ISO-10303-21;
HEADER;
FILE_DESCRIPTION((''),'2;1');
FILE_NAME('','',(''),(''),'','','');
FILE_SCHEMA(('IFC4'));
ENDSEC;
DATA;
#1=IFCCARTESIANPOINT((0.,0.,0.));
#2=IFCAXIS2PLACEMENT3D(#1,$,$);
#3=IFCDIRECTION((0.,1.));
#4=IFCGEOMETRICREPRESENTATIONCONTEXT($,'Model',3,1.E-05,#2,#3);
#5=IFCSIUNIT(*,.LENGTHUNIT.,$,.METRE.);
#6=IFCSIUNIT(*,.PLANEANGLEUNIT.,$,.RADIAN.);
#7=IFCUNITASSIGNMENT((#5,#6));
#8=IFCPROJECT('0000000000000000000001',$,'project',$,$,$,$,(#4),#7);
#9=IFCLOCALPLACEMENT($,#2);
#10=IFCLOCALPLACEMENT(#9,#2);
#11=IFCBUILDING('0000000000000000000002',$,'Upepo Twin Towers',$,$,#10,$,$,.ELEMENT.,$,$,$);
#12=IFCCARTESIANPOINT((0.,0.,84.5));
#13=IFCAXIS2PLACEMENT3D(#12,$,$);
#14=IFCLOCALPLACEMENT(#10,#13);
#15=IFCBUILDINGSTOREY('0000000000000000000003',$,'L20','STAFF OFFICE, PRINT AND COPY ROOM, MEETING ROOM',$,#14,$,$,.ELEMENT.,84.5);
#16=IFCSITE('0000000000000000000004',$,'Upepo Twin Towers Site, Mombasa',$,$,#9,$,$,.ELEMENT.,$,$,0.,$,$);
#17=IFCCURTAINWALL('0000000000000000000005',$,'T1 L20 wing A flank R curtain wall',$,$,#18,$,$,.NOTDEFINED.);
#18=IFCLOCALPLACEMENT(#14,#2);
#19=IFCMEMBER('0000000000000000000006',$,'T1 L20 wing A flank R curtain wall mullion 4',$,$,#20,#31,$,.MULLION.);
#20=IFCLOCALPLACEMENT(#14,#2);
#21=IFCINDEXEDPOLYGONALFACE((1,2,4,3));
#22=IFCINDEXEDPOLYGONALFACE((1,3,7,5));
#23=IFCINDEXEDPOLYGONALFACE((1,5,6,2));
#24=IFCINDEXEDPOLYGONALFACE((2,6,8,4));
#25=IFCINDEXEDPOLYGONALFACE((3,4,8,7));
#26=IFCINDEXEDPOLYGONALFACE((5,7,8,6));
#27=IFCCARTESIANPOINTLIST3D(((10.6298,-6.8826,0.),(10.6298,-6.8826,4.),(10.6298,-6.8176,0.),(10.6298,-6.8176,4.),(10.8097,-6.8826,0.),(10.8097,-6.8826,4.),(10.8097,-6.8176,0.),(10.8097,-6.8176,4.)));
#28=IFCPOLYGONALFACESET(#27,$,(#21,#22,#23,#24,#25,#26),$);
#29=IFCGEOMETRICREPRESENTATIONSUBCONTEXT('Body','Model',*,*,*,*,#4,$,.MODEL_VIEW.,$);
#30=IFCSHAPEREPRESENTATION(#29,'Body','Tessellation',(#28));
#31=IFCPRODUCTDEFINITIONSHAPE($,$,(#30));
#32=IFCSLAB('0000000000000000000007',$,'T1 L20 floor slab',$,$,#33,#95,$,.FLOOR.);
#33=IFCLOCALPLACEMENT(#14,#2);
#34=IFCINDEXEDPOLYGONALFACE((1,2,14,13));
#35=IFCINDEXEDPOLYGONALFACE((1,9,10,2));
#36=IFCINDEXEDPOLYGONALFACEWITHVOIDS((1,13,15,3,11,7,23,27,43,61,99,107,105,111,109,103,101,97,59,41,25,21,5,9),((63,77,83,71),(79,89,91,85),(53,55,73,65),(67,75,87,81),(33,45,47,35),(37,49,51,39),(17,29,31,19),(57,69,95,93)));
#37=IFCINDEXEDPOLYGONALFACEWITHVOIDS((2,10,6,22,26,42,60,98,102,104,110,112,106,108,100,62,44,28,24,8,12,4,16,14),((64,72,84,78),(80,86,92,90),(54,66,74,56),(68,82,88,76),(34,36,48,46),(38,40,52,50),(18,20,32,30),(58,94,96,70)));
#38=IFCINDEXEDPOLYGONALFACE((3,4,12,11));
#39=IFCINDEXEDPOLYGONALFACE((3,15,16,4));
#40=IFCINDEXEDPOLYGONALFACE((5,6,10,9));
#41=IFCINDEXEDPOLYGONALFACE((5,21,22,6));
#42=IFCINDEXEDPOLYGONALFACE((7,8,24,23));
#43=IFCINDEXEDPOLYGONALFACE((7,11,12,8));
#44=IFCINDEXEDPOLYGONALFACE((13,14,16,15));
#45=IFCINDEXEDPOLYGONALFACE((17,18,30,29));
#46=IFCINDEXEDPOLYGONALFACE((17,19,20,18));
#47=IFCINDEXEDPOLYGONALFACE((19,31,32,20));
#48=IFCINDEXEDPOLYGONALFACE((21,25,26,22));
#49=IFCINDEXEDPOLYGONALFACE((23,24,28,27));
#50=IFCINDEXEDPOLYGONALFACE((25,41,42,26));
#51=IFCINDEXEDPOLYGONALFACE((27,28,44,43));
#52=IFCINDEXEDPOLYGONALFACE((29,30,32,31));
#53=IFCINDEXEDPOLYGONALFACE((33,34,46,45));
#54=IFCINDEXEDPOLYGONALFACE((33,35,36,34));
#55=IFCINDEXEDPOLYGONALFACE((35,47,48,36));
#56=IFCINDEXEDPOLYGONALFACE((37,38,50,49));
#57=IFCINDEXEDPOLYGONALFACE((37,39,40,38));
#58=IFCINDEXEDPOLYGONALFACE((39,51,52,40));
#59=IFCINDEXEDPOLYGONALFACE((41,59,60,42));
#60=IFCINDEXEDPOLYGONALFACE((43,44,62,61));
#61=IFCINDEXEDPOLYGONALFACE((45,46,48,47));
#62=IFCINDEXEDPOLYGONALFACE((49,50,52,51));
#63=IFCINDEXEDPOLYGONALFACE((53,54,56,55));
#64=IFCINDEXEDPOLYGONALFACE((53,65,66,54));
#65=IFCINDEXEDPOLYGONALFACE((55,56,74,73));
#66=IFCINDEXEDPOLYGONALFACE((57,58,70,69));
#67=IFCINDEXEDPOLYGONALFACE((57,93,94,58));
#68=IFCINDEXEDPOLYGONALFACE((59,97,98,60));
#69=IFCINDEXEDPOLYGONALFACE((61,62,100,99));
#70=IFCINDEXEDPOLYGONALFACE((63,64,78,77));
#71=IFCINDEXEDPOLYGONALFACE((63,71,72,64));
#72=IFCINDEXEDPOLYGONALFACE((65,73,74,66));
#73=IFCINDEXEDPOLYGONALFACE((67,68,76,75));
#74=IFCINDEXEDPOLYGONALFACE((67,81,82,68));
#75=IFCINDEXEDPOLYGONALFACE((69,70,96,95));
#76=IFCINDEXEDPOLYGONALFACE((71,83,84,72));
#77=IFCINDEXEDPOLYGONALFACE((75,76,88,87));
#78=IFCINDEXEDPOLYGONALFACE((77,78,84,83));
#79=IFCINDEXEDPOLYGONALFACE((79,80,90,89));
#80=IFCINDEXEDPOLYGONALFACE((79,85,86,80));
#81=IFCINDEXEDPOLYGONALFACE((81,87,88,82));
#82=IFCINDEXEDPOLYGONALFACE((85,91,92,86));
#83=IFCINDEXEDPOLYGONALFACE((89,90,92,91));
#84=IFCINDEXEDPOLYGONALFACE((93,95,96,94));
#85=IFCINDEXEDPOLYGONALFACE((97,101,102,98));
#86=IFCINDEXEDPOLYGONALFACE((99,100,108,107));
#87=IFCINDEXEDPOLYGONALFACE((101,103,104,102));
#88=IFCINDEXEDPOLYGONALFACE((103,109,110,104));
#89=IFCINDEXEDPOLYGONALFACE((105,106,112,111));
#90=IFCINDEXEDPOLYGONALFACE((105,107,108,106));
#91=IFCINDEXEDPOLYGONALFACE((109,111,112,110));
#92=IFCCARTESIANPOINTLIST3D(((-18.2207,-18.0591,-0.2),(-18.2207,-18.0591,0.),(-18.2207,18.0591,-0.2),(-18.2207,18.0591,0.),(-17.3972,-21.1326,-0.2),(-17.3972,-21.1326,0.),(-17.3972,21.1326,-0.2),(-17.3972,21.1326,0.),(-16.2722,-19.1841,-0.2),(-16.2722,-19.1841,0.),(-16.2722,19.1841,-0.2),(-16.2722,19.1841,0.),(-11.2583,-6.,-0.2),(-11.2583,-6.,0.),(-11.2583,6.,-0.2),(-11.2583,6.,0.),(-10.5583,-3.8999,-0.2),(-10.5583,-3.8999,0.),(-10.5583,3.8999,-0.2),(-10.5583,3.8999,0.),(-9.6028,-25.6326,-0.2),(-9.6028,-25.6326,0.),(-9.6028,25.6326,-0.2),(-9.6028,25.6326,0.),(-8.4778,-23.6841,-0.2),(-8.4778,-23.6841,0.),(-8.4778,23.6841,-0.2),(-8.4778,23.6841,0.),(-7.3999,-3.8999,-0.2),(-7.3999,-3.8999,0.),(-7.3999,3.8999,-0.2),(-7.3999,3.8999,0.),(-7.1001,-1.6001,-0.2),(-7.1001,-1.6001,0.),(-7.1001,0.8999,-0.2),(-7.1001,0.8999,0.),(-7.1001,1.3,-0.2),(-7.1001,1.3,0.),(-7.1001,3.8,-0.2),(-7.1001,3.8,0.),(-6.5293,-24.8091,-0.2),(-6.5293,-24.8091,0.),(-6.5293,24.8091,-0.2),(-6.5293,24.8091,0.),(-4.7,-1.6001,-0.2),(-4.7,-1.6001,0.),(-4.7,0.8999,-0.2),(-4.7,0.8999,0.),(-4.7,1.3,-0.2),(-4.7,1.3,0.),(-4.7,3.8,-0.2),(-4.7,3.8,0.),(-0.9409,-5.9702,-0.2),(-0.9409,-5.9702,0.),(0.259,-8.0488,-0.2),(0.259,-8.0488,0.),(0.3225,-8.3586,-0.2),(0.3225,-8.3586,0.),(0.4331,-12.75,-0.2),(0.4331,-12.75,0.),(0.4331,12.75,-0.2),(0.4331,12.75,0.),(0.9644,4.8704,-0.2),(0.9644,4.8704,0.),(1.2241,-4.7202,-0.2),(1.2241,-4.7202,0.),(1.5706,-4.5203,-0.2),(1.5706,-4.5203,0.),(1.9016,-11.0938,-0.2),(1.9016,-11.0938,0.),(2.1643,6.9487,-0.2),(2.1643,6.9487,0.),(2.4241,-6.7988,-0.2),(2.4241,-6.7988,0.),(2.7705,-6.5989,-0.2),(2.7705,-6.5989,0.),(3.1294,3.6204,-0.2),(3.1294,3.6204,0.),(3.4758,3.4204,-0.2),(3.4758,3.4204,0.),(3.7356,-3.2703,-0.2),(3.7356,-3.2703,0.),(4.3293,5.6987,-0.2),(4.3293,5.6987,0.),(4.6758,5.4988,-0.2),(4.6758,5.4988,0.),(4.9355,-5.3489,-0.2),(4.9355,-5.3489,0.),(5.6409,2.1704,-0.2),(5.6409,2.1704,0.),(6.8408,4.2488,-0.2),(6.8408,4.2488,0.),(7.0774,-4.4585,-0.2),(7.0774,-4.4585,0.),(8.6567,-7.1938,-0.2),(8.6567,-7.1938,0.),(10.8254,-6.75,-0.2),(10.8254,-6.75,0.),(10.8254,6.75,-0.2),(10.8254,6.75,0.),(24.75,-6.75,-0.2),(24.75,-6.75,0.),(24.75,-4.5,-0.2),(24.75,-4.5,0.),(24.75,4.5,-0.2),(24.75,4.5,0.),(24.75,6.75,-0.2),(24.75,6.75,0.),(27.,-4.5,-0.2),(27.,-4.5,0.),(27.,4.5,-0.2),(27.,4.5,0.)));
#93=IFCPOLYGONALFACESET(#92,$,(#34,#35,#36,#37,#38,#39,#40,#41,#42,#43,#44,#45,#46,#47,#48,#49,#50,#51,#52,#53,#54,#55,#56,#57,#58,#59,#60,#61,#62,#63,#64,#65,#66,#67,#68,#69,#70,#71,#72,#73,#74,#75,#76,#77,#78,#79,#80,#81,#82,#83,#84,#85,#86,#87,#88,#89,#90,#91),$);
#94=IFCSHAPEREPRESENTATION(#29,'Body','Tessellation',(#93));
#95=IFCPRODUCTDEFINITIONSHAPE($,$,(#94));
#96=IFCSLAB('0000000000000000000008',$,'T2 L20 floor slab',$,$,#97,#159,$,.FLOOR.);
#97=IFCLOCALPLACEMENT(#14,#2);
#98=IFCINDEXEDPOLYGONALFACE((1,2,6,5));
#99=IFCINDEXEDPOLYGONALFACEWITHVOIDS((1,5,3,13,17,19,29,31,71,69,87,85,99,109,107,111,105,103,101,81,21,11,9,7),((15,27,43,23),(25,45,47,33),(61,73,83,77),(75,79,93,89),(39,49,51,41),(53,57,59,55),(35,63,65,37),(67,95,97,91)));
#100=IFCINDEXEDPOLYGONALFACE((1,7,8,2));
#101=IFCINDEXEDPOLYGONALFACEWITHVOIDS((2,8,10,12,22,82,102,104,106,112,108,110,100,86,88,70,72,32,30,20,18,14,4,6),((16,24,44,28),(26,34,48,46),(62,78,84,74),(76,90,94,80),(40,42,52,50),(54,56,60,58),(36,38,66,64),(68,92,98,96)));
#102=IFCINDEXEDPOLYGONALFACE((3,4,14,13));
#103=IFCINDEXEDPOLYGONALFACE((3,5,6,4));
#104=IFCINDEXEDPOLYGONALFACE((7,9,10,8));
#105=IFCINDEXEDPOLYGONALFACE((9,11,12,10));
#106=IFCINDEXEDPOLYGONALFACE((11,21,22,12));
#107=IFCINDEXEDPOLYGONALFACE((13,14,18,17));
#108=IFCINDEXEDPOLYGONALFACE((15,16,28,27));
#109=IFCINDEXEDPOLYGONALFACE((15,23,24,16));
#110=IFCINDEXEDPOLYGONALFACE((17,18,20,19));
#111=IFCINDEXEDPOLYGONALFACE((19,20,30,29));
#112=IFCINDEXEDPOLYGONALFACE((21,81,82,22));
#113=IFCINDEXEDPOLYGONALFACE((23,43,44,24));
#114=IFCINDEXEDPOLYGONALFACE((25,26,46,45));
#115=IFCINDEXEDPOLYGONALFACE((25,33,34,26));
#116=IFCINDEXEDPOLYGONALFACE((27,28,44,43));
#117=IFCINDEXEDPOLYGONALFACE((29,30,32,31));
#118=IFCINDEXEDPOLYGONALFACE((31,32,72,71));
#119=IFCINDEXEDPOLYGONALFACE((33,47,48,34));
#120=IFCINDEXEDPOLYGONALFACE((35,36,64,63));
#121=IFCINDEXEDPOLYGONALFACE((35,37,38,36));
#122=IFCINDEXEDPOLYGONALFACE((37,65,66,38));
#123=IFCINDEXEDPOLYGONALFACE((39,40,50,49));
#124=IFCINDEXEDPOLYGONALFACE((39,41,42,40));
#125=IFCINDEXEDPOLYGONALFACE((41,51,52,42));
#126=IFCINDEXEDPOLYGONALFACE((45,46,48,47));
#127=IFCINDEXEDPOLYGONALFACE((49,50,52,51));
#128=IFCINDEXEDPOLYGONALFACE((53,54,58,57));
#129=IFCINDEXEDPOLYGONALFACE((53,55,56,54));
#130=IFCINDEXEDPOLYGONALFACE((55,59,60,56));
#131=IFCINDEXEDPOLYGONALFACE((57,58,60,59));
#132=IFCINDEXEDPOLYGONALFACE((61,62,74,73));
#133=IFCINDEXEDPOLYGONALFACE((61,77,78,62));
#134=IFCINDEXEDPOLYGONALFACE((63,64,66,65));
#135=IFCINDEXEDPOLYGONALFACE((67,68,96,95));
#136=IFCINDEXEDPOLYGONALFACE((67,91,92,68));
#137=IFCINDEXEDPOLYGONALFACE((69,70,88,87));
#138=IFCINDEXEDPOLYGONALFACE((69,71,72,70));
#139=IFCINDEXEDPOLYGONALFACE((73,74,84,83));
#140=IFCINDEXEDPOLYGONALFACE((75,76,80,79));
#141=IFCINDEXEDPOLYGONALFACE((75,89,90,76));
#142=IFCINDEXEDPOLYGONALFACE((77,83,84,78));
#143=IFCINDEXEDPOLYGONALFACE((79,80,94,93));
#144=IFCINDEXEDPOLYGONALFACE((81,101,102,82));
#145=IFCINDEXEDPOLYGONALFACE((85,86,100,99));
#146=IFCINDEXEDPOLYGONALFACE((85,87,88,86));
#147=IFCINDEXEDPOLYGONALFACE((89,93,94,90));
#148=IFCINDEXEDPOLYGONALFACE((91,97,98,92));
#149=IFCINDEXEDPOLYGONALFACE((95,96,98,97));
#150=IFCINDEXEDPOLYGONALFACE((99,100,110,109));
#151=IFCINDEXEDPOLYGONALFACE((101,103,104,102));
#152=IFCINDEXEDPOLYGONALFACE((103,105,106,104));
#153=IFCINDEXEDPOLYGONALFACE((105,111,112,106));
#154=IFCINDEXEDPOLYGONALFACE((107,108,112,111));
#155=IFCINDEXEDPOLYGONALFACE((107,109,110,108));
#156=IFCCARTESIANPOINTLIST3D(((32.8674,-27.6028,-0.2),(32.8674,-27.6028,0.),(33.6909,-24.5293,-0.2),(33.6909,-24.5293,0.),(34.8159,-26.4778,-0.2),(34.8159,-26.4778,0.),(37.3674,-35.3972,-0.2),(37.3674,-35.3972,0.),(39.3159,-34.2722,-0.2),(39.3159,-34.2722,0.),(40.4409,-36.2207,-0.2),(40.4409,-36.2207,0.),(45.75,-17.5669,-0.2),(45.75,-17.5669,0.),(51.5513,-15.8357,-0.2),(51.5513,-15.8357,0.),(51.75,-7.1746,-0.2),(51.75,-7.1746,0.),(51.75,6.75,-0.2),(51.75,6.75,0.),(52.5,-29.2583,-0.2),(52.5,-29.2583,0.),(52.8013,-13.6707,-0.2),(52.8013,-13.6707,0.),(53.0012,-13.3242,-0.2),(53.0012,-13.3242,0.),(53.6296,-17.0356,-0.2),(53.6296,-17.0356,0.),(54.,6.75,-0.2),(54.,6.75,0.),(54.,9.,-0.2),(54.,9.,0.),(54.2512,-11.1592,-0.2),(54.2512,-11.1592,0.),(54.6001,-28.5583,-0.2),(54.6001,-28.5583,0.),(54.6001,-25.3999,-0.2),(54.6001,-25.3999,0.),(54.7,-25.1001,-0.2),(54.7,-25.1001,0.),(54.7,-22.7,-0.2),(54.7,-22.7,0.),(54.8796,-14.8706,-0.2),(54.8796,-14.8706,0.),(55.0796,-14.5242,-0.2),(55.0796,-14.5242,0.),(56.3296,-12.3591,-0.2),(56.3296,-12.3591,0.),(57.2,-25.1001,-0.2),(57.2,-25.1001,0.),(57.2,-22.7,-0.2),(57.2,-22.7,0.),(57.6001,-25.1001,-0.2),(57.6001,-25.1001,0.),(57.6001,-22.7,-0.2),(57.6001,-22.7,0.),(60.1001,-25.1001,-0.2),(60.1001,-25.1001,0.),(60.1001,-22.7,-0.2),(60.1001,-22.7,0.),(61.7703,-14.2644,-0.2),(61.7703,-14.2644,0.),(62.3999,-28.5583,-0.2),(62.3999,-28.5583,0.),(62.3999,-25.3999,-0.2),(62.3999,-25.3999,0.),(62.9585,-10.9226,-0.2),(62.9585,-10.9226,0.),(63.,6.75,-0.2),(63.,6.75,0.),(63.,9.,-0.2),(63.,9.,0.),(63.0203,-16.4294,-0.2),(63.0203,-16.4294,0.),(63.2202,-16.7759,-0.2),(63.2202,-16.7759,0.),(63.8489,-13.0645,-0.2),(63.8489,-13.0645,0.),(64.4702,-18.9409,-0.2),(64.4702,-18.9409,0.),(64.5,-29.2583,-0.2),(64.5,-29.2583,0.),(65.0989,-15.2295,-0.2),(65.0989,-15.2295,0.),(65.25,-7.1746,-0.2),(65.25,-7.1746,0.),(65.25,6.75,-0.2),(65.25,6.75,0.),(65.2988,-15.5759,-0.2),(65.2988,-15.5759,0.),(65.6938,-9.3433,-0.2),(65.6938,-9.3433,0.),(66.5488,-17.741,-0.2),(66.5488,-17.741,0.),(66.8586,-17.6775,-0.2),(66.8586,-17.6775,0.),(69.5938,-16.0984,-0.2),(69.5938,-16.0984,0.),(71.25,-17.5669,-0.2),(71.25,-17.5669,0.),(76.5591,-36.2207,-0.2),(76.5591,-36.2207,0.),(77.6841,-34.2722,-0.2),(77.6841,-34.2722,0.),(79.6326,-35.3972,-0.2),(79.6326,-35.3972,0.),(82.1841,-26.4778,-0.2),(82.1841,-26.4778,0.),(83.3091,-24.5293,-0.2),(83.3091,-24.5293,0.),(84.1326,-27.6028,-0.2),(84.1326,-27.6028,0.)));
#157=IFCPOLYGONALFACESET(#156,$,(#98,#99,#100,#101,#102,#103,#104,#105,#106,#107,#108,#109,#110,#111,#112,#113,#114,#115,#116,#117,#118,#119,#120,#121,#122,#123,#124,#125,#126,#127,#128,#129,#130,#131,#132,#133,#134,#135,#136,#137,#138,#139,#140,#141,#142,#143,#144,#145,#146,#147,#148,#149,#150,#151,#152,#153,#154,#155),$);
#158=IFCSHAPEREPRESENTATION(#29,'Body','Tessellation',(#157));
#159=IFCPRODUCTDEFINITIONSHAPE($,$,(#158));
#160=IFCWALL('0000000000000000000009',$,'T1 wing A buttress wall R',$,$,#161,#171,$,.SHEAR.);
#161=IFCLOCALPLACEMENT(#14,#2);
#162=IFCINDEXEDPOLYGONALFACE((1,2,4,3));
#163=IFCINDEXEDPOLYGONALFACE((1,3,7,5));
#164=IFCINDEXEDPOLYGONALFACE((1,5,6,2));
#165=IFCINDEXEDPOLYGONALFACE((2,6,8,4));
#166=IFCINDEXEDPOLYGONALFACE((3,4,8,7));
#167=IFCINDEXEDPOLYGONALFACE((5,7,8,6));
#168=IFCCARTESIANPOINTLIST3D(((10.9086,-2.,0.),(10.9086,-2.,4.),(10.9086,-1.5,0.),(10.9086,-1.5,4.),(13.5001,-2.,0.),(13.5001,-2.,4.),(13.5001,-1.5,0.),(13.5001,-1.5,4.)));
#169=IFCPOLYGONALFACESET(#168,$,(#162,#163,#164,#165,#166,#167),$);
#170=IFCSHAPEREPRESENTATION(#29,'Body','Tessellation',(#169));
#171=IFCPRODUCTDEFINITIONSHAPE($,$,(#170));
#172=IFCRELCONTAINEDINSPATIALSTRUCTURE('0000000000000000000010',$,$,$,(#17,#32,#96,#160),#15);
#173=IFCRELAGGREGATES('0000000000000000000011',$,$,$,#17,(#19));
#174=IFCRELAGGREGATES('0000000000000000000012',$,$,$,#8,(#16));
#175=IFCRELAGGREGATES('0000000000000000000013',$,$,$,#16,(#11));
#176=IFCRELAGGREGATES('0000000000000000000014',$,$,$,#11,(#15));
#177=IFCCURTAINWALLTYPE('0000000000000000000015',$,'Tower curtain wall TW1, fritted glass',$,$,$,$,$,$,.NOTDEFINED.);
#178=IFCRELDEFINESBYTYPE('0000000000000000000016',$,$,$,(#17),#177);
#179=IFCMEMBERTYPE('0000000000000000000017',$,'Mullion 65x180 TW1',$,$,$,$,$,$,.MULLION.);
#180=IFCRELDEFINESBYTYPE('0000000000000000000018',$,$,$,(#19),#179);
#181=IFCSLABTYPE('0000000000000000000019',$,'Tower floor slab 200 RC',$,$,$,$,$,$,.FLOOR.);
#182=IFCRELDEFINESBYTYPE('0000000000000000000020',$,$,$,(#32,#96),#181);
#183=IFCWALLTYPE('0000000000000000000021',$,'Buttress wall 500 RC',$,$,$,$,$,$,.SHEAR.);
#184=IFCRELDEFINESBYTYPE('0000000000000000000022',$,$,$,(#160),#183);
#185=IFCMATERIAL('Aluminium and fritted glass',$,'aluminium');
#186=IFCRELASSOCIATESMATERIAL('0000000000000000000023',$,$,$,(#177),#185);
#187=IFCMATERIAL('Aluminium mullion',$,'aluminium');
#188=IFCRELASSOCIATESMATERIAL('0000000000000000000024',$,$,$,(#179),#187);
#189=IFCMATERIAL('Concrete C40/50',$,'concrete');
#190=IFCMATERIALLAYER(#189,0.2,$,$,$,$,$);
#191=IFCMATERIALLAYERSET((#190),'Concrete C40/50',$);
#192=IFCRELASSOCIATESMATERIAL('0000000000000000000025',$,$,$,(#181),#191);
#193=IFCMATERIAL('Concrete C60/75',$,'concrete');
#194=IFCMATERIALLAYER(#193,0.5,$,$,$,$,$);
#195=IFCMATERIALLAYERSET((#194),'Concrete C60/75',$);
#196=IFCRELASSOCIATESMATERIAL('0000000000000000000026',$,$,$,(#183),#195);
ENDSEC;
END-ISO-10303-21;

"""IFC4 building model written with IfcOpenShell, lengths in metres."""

from ifc_helpers import new_model, si_unit, direction, frame, frame_2d, origin, origin_2d, place, context, subcontext, project, spatial, polyline, rectangle, outline, extrude, material, layer, layer_set, material_profile, profile_set, type_object, element, aggregate, save


model = new_model("IFC4")

# Units and contexts
model_context = context("Model", 3, precision=1e-05, world=origin(), true_north=direction((0.0, 1.0)))
body_context = subcontext(model_context, "Body", "Model", "MODEL_VIEW")
ifc_project = project(units=[si_unit("LENGTHUNIT", "METRE"), si_unit("PLANEANGLEUNIT", "RADIAN")], contexts=[model_context])

# Site, building, storey
site_placement = place(None, origin())
site = spatial("IfcSite", under=ifc_project, at=site_placement, Name="Upepo Twin Towers Site, Mombasa", CompositionType="ELEMENT", RefElevation=0.0)
building_placement = place(site_placement, origin())
building = spatial("IfcBuilding", under=site, at=building_placement, Name="Upepo Twin Towers", CompositionType="ELEMENT")
storey_placement = place(building_placement, frame((0.0, 0.0, 84.5)))
storey = spatial("IfcBuildingStorey", under=building, at=storey_placement, Name="L20", Description="STAFF OFFICE, PRINT AND COPY ROOM, MEETING ROOM", CompositionType="ELEMENT", Elevation=84.5)

# Curtain wall, member
ifc_material_1 = material(Name="Aluminium and fritted glass", Category="aluminium")
curtain_wall_type = type_object("IfcCurtainWallType", Name="Tower curtain wall TW1, fritted glass", PredefinedType="NOTDEFINED", material=ifc_material_1)
curtain_wall_placement = place(storey_placement, origin())
curtain_wall = element("IfcCurtainWall", 1, at=curtain_wall_placement, inside=storey, type_object=curtain_wall_type, Name="T1 L20 wing A flank R curtain wall", PredefinedType="NOTDEFINED")
ifc_material_2 = material(Name="Aluminium mullion", Category="aluminium")
ifc_material_profile = material_profile(ifc_material_2, rectangle(XDim=0.0649, YDim=0.1799, at=origin_2d()), Name="MULLION 65x180")
ifc_profile_set = profile_set([ifc_material_profile], Name="Aluminium mullion")
member_type = type_object("IfcMemberType", Name="Mullion 65x180 TW1", PredefinedType="MULLION", material=ifc_profile_set)
member_placement = place(storey_placement, frame((10.7197, -6.8501, 0.0), z_axis=(0.0, 0.0, 1.0), x_axis=(0.0, -1.0, 0.0)))
member = element("IfcMember", 2, at=member_placement, type_object=member_type, Name="T1 L20 wing A flank R curtain wall mullion 4", PredefinedType="MULLION", context=body_context, shape_type="SweptSolid", body=[
    extrude(rectangle(XDim=0.0649, YDim=0.1799, at=origin_2d()), origin(), (0.0, 0.0, 1.0), 4.0),
])
aggregate(curtain_wall, [member])

# Slabs
ifc_material_3 = material(Name="Concrete C40/50", Category="concrete")
ifc_layer_1 = layer(ifc_material_3, 0.2)
ifc_layer_set_1 = layer_set([ifc_layer_1], Name="Concrete C40/50")
slab_type = type_object("IfcSlabType", Name="Tower floor slab 200 RC", PredefinedType="FLOOR", material=ifc_layer_set_1)
slab_1_placement = place(storey_placement, frame((0.0, 0.0, -0.2)))
element("IfcSlab", 3, at=slab_1_placement, inside=storey, type_object=slab_type, Name="T1 L20 floor slab", PredefinedType="FLOOR", context=body_context, shape_type="SweptSolid", body=[
    extrude(outline(polyline([(-8.4778, -23.6841), (-9.6028, -25.6326), (-17.3972, -21.1326), (-16.2722, -19.1841), (-18.2207, -18.0591), (-11.2583, -6.0), (-11.2583, 6.0), (-18.2207, 18.0591), (-16.2722, 19.1841), (-17.3972, 21.1326), (-9.6028, 25.6326), (-8.4778, 23.6841), (-6.5293, 24.8091), (0.4331, 12.75), (10.8254, 6.75), (24.75, 6.75), (24.75, 4.5), (27.0, 4.5), (27.0, -4.5), (24.75, -4.5), (24.75, -6.75), (10.8254, -6.75), (0.4331, -12.75), (-6.5293, -24.8091), (-8.4778, -23.6841)]), holes=[polyline([(5.6409, 2.1704), (6.8408, 4.2488), (4.6758, 5.4988), (3.4758, 3.4204), (5.6409, 2.1704)]), polyline([(3.1294, 3.6204), (4.3293, 5.6987), (2.1643, 6.9487), (0.9644, 4.8704), (3.1294, 3.6204)]), polyline([(-4.7, 3.8), (-7.1001, 3.8), (-7.1001, 1.3), (-4.7, 1.3), (-4.7, 3.8)]), polyline([(-4.7, 0.8999), (-7.1001, 0.8999), (-7.1001, -1.6001), (-4.7, -1.6001), (-4.7, 0.8999)]), polyline([(-7.3999, 3.8999), (-10.5583, 3.8999), (-10.5583, -3.8999), (-7.3999, -3.8999), (-7.3999, 3.8999)]), polyline([(-0.9409, -5.9702), (0.259, -8.0488), (2.4241, -6.7988), (1.2241, -4.7202), (-0.9409, -5.9702)]), polyline([(1.5706, -4.5203), (2.7705, -6.5989), (4.9355, -5.3489), (3.7356, -3.2703), (1.5706, -4.5203)]), polyline([(0.3225, -8.3586), (1.9016, -11.0938), (8.6567, -7.1938), (7.0774, -4.4585), (0.3225, -8.3586)])]), origin(), (0.0, 0.0, 1.0), 0.2),
])
slab_2_placement = place(storey_placement, frame((0.0, 0.0, -0.2)))
element("IfcSlab", 4, at=slab_2_placement, inside=storey, type_object=slab_type, Name="T2 L20 floor slab", PredefinedType="FLOOR", context=body_context, shape_type="SweptSolid", body=[
    extrude(outline(polyline([(82.1841, -26.4778), (84.1326, -27.6028), (79.6326, -35.3972), (77.6841, -34.2722), (76.5591, -36.2207), (64.5, -29.2583), (52.5, -29.2583), (40.4409, -36.2207), (39.3159, -34.2722), (37.3674, -35.3972), (32.8674, -27.6028), (34.8159, -26.4778), (33.6909, -24.5293), (45.75, -17.5669), (51.75, -7.1746), (51.75, 6.75), (54.0, 6.75), (54.0, 9.0), (63.0, 9.0), (63.0, 6.75), (65.25, 6.75), (65.25, -7.1746), (71.25, -17.5669), (83.3091, -24.5293), (82.1841, -26.4778)]), holes=[polyline([(56.3296, -12.3591), (54.2512, -11.1592), (53.0012, -13.3242), (55.0796, -14.5242), (56.3296, -12.3591)]), polyline([(54.8796, -14.8706), (52.8013, -13.6707), (51.5513, -15.8357), (53.6296, -17.0356), (54.8796, -14.8706)]), polyline([(54.7, -22.7), (54.7, -25.1001), (57.2, -25.1001), (57.2, -22.7), (54.7, -22.7)]), polyline([(57.6001, -22.7), (57.6001, -25.1001), (60.1001, -25.1001), (60.1001, -22.7), (57.6001, -22.7)]), polyline([(54.6001, -25.3999), (54.6001, -28.5583), (62.3999, -28.5583), (62.3999, -25.3999), (54.6001, -25.3999)]), polyline([(64.4702, -18.9409), (66.5488, -17.741), (65.2988, -15.5759), (63.2202, -16.7759), (64.4702, -18.9409)]), polyline([(63.0203, -16.4294), (65.0989, -15.2295), (63.8489, -13.0645), (61.7703, -14.2644), (63.0203, -16.4294)]), polyline([(66.8586, -17.6775), (69.5938, -16.0984), (65.6938, -9.3433), (62.9585, -10.9226), (66.8586, -17.6775)])]), origin(), (0.0, 0.0, 1.0), 0.2),
])

# Wall
ifc_material_4 = material(Name="Concrete C60/75", Category="concrete")
ifc_layer_2 = layer(ifc_material_4, 0.5)
ifc_layer_set_2 = layer_set([ifc_layer_2], Name="Concrete C60/75")
wall_type_1 = type_object("IfcWallType", Name="Buttress wall 500 RC", PredefinedType="SHEAR", material=ifc_layer_set_2)
wall_1_placement = place(storey_placement, frame((10.9084, -1.75, 0.0), z_axis=(0.0, 0.0, 1.0), x_axis=(1.0, 0.0, 0.0)))
element("IfcWall", 5, at=wall_1_placement, inside=storey, type_object=wall_type_1, Name="T1 wing A buttress wall R", PredefinedType="SHEAR", context=body_context, shape_type="SweptSolid", body=[
    extrude(rectangle(XDim=2.5916, YDim=0.5, at=frame_2d((1.2959, 0.0))), origin(), (0.0, 0.0, 1.0), 4.0),
])

save(model, "model.ifc")
